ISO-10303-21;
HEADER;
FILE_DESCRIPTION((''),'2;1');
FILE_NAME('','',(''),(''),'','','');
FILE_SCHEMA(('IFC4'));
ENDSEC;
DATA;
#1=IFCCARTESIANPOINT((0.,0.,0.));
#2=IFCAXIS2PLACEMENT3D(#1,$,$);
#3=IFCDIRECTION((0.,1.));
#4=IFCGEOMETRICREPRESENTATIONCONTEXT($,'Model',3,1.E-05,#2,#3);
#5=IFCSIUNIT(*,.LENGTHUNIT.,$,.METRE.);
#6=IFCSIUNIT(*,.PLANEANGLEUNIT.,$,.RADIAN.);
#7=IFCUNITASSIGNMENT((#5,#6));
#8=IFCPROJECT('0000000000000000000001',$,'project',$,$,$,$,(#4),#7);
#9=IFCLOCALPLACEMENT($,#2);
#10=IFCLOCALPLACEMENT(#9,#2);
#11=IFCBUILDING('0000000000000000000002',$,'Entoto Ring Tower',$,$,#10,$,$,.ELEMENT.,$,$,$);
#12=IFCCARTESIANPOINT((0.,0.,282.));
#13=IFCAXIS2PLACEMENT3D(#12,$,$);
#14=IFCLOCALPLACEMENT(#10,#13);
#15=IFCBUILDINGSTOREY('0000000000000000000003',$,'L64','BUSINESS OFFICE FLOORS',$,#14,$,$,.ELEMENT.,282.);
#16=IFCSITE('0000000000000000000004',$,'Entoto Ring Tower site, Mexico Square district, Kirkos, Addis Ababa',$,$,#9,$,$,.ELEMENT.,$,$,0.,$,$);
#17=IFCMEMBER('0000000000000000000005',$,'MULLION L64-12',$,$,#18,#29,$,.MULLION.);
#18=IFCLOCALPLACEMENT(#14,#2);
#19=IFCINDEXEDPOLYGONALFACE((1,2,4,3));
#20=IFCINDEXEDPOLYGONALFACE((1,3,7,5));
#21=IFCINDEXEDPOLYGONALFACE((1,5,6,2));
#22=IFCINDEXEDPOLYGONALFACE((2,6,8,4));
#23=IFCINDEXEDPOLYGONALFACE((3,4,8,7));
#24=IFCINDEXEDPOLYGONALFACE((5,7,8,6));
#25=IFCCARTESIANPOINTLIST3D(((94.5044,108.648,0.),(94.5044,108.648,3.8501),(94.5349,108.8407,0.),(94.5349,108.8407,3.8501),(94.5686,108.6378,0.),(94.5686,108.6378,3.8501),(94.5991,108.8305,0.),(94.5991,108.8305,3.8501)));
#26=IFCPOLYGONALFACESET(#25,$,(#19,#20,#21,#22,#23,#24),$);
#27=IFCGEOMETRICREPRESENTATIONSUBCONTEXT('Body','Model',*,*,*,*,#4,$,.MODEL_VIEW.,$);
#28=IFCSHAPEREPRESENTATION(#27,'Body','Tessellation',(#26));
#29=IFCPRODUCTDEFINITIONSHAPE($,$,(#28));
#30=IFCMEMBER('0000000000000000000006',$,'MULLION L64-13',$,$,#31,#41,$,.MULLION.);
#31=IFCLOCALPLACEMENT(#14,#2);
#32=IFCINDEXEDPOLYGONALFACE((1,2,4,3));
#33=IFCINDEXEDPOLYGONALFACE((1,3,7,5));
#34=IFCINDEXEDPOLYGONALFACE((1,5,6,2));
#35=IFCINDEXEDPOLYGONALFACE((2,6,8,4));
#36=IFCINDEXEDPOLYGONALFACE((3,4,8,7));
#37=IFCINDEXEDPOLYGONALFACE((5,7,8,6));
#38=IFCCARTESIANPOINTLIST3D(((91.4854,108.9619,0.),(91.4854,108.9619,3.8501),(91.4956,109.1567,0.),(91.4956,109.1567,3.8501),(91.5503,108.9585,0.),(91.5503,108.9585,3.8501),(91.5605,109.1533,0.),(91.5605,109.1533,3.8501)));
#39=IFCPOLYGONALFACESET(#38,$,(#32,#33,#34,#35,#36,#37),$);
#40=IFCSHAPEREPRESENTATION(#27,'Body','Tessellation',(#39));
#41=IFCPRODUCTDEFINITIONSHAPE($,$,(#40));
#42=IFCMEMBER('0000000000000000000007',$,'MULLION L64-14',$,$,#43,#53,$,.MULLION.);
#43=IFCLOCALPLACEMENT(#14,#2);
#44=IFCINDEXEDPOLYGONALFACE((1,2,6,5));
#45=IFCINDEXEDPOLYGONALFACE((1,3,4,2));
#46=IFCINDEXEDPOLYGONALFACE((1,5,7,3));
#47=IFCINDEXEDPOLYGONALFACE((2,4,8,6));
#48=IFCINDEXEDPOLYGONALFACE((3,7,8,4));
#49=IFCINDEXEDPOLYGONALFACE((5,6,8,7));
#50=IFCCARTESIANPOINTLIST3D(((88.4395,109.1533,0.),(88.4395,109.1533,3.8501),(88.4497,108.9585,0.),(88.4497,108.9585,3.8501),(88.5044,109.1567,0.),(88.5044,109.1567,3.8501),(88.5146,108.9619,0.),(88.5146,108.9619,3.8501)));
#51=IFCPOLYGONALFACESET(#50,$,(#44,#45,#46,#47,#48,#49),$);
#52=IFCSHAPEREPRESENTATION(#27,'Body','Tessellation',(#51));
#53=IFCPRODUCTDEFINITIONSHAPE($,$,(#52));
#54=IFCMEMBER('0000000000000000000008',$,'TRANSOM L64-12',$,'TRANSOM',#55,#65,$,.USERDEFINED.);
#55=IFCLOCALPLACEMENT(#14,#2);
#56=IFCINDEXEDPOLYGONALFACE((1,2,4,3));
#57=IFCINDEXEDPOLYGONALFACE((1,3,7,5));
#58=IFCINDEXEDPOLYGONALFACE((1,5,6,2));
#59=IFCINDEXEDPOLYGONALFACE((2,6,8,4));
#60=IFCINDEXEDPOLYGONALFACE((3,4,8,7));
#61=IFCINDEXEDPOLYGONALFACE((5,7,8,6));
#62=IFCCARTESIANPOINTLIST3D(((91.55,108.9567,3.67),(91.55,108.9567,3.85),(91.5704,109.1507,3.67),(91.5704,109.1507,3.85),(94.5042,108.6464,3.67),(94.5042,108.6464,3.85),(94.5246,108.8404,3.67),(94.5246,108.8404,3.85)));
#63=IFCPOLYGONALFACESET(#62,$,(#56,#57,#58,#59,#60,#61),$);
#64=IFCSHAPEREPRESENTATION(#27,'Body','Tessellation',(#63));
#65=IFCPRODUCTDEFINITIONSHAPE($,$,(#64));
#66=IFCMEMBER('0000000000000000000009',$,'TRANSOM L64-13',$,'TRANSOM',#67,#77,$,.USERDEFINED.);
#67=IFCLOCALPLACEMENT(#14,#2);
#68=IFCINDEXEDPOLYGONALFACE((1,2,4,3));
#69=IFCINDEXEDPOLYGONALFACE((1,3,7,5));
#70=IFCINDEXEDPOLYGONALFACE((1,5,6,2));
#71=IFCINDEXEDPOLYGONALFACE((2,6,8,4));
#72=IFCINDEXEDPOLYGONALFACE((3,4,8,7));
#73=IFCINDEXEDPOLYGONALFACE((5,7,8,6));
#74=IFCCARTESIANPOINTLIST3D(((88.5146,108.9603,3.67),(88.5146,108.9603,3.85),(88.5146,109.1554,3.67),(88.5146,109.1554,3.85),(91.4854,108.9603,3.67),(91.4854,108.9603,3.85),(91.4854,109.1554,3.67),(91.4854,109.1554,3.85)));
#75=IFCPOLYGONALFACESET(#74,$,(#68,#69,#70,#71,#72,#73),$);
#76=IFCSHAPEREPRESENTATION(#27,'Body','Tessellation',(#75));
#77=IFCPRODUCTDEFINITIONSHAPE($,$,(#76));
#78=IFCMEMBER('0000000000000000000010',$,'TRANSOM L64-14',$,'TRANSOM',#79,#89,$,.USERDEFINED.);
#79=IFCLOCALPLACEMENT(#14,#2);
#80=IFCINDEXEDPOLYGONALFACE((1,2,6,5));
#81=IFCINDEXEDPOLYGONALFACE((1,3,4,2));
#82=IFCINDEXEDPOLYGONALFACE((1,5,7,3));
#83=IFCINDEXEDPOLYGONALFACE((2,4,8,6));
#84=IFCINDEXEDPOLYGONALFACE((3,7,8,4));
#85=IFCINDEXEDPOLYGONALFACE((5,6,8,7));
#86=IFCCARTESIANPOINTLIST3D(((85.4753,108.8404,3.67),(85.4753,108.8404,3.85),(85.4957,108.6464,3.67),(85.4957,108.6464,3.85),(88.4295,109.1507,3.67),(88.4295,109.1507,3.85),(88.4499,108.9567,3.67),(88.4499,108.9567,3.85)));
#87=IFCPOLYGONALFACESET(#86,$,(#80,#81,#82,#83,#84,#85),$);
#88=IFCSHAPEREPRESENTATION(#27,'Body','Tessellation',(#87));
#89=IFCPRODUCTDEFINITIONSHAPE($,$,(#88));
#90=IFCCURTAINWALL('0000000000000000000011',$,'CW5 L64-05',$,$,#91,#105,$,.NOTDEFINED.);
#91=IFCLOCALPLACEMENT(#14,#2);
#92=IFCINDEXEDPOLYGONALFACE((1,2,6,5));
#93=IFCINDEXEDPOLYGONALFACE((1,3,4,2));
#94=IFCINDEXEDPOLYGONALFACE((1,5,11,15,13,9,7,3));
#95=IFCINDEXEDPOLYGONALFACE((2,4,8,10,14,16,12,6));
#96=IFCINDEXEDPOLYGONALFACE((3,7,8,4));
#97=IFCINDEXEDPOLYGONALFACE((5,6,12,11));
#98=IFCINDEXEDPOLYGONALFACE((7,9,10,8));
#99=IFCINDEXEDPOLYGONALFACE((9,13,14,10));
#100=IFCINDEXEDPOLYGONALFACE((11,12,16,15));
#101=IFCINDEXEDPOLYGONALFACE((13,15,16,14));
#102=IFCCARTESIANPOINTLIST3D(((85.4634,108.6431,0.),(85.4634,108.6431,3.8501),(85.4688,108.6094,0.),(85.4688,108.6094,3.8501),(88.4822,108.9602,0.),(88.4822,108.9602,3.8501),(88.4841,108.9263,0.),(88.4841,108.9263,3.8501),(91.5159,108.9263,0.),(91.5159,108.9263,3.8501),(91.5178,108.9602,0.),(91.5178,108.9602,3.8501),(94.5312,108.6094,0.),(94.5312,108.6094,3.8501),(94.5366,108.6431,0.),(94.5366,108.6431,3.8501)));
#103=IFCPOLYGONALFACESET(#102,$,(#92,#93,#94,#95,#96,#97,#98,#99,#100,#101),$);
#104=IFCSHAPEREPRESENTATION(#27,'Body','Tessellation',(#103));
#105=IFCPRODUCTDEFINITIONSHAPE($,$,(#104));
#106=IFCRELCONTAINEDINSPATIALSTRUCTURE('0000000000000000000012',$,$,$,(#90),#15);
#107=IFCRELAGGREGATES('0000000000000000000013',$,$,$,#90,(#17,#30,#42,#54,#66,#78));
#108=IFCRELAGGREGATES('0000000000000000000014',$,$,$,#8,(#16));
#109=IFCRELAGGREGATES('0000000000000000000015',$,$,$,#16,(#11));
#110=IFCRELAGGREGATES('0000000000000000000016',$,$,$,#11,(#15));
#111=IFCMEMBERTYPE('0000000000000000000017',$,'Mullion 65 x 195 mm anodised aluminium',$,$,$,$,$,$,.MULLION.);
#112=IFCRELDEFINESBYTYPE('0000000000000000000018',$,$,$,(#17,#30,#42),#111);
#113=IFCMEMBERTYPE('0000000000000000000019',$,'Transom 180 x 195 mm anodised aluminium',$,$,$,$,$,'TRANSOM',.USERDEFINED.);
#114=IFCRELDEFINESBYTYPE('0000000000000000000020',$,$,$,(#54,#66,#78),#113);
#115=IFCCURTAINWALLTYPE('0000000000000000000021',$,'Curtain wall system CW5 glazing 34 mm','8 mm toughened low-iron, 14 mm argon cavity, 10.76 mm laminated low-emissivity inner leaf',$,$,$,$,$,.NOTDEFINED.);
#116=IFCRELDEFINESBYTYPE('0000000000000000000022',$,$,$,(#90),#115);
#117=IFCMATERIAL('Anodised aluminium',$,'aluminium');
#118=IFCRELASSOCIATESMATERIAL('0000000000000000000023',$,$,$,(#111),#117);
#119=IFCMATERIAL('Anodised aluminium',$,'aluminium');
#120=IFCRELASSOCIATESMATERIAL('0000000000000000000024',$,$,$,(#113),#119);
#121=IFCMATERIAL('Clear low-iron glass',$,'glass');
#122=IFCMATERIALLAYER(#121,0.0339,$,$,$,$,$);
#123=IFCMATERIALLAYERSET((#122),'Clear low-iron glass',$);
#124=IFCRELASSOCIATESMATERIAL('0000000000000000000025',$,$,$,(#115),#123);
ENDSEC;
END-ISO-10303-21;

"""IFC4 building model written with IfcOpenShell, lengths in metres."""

from ifc_helpers import new_model, si_unit, direction, frame, origin, origin_2d, place, context, subcontext, project, spatial, polyline, rectangle, outline, extrude, material, layer, layer_set, material_profile, profile_set, type_object, element, aggregate, save


model = new_model("IFC4")

# Units and contexts
model_context = context("Model", 3, precision=1e-05, world=origin(), true_north=direction((0.0, 1.0)))
body_context = subcontext(model_context, "Body", "Model", "MODEL_VIEW")
ifc_project = project(units=[si_unit("LENGTHUNIT", "METRE"), si_unit("PLANEANGLEUNIT", "RADIAN")], contexts=[model_context])

# Members
ifc_material_1 = material(Name="Anodised aluminium", Category="aluminium")
ifc_material_profile_1 = material_profile(ifc_material_1, rectangle(XDim=0.0649, YDim=0.1951, at=origin_2d()), Name="Mullion 65 x 195 mm anodised aluminium")
ifc_profile_set_1 = profile_set([ifc_material_profile_1], Name="Anodised aluminium")
member_type_1 = type_object("IfcMemberType", Name="Mullion 65 x 195 mm anodised aluminium", PredefinedType="MULLION", material=ifc_profile_set_1)
site_placement = place(None, origin())
building_placement = place(site_placement, origin())
storey_placement = place(building_placement, frame((0.0, 0.0, 282.0)))
member_1_placement = place(storey_placement, frame((94.5518, 108.7393, 0.0), z_axis=(0.0, 0.0, 1.0), x_axis=(-0.987688, 0.156434, 0.0)))
member_1 = element("IfcMember", 1, at=member_1_placement, type_object=member_type_1, Name="MULLION L64-12", PredefinedType="MULLION", context=body_context, shape_type="SweptSolid", body=[
    extrude(rectangle(XDim=0.0649, YDim=0.1951, at=origin_2d()), origin(), (0.0, 0.0, 1.0), 3.8501),
])
member_2_placement = place(storey_placement, frame((91.5229, 109.0576, 0.0), z_axis=(0.0, 0.0, 1.0), x_axis=(-0.99863, 0.052336, 0.0)))
member_2 = element("IfcMember", 2, at=member_2_placement, type_object=member_type_1, Name="MULLION L64-13", PredefinedType="MULLION", context=body_context, shape_type="SweptSolid", body=[
    extrude(rectangle(XDim=0.0649, YDim=0.1951, at=origin_2d()), origin(), (0.0, 0.0, 1.0), 3.8501),
])
member_3_placement = place(storey_placement, frame((88.4771, 109.0576, 0.0), z_axis=(0.0, 0.0, 1.0), x_axis=(-0.99863, -0.052336, 0.0)))
member_3 = element("IfcMember", 3, at=member_3_placement, type_object=member_type_1, Name="MULLION L64-14", PredefinedType="MULLION", context=body_context, shape_type="SweptSolid", body=[
    extrude(rectangle(XDim=0.0649, YDim=0.1951, at=origin_2d()), origin(), (0.0, 0.0, 1.0), 3.8501),
])
ifc_material_2 = material(Name="Anodised aluminium", Category="aluminium")
ifc_material_profile_2 = material_profile(ifc_material_2, rectangle(XDim=0.1951, YDim=0.1799, at=origin_2d()), Name="Transom 180 x 195 mm anodised aluminium")
ifc_profile_set_2 = profile_set([ifc_material_profile_2], Name="Anodised aluminium")
member_type_2 = type_object("IfcMemberType", Name="Transom 180 x 195 mm anodised aluminium", ElementType="TRANSOM", PredefinedType="USERDEFINED", material=ifc_profile_set_2)
member_4_placement = place(storey_placement, frame((94.5144, 108.7434, 3.76), z_axis=(-0.994528, 0.104467, 0.0), x_axis=(-0.104467, -0.994528, 0.0)))
member_4 = element("IfcMember", 4, at=member_4_placement, type_object=member_type_2, Name="TRANSOM L64-12", ObjectType="TRANSOM", PredefinedType="USERDEFINED", context=body_context, shape_type="SweptSolid", body=[
    extrude(rectangle(XDim=0.1951, YDim=0.1799, at=origin_2d()), origin(), (0.0, 0.0, 1.0), 2.9705),
])
member_5_placement = place(storey_placement, frame((91.4854, 109.0579, 3.76), z_axis=(-1.0, 0.0, 0.0), x_axis=(0.0, -1.0, 0.0)))
member_5 = element("IfcMember", 5, at=member_5_placement, type_object=member_type_2, Name="TRANSOM L64-13", ObjectType="TRANSOM", PredefinedType="USERDEFINED", context=body_context, shape_type="SweptSolid", body=[
    extrude(rectangle(XDim=0.1951, YDim=0.1799, at=origin_2d()), origin(), (0.0, 0.0, 1.0), 2.9707),
])
member_6_placement = place(storey_placement, frame((88.4397, 109.0537, 3.76), z_axis=(-0.994528, -0.104467, 0.0), x_axis=(0.104467, -0.994528, 0.0)))
member_6 = element("IfcMember", 6, at=member_6_placement, type_object=member_type_2, Name="TRANSOM L64-14", ObjectType="TRANSOM", PredefinedType="USERDEFINED", context=body_context, shape_type="SweptSolid", body=[
    extrude(rectangle(XDim=0.1951, YDim=0.1799, at=origin_2d()), origin(), (0.0, 0.0, 1.0), 2.9705),
])

# Site, building, storey
site = spatial("IfcSite", under=ifc_project, at=site_placement, Name="Entoto Ring Tower site, Mexico Square district, Kirkos, Addis Ababa", CompositionType="ELEMENT", RefElevation=0.0)
building = spatial("IfcBuilding", under=site, at=building_placement, Name="Entoto Ring Tower", CompositionType="ELEMENT")
storey = spatial("IfcBuildingStorey", under=building, at=storey_placement, Name="L64", Description="BUSINESS OFFICE FLOORS", CompositionType="ELEMENT", Elevation=282.0)

# Curtain wall
ifc_material_3 = material(Name="Clear low-iron glass", Category="glass")
ifc_layer = layer(ifc_material_3, 0.0339)
ifc_layer_set = layer_set([ifc_layer], Name="Clear low-iron glass")
curtain_wall_type = type_object("IfcCurtainWallType", Name="Curtain wall system CW5 glazing 34 mm", Description="8 mm toughened low-iron, 14 mm argon cavity, 10.76 mm laminated low-emissivity inner leaf", PredefinedType="NOTDEFINED", material=ifc_layer_set)
curtain_wall_1_placement = place(storey_placement, origin())
curtain_wall_1 = element("IfcCurtainWall", 7, at=curtain_wall_1_placement, inside=storey, type_object=curtain_wall_type, Name="CW5 L64-05", PredefinedType="NOTDEFINED", context=body_context, shape_type="SweptSolid", body=[
    extrude(outline(polyline([(94.5366, 108.6431), (91.5178, 108.9602), (88.4822, 108.9602), (85.4634, 108.6431), (85.4688, 108.6094), (88.4841, 108.9263), (91.5159, 108.9263), (94.5312, 108.6094), (94.5366, 108.6431)])), origin(), (0.0, 0.0, 1.0), 3.8501),
])
aggregate(curtain_wall_1, [member_1, member_2, member_3, member_4, member_5, member_6])

save(model, "model.ifc")
